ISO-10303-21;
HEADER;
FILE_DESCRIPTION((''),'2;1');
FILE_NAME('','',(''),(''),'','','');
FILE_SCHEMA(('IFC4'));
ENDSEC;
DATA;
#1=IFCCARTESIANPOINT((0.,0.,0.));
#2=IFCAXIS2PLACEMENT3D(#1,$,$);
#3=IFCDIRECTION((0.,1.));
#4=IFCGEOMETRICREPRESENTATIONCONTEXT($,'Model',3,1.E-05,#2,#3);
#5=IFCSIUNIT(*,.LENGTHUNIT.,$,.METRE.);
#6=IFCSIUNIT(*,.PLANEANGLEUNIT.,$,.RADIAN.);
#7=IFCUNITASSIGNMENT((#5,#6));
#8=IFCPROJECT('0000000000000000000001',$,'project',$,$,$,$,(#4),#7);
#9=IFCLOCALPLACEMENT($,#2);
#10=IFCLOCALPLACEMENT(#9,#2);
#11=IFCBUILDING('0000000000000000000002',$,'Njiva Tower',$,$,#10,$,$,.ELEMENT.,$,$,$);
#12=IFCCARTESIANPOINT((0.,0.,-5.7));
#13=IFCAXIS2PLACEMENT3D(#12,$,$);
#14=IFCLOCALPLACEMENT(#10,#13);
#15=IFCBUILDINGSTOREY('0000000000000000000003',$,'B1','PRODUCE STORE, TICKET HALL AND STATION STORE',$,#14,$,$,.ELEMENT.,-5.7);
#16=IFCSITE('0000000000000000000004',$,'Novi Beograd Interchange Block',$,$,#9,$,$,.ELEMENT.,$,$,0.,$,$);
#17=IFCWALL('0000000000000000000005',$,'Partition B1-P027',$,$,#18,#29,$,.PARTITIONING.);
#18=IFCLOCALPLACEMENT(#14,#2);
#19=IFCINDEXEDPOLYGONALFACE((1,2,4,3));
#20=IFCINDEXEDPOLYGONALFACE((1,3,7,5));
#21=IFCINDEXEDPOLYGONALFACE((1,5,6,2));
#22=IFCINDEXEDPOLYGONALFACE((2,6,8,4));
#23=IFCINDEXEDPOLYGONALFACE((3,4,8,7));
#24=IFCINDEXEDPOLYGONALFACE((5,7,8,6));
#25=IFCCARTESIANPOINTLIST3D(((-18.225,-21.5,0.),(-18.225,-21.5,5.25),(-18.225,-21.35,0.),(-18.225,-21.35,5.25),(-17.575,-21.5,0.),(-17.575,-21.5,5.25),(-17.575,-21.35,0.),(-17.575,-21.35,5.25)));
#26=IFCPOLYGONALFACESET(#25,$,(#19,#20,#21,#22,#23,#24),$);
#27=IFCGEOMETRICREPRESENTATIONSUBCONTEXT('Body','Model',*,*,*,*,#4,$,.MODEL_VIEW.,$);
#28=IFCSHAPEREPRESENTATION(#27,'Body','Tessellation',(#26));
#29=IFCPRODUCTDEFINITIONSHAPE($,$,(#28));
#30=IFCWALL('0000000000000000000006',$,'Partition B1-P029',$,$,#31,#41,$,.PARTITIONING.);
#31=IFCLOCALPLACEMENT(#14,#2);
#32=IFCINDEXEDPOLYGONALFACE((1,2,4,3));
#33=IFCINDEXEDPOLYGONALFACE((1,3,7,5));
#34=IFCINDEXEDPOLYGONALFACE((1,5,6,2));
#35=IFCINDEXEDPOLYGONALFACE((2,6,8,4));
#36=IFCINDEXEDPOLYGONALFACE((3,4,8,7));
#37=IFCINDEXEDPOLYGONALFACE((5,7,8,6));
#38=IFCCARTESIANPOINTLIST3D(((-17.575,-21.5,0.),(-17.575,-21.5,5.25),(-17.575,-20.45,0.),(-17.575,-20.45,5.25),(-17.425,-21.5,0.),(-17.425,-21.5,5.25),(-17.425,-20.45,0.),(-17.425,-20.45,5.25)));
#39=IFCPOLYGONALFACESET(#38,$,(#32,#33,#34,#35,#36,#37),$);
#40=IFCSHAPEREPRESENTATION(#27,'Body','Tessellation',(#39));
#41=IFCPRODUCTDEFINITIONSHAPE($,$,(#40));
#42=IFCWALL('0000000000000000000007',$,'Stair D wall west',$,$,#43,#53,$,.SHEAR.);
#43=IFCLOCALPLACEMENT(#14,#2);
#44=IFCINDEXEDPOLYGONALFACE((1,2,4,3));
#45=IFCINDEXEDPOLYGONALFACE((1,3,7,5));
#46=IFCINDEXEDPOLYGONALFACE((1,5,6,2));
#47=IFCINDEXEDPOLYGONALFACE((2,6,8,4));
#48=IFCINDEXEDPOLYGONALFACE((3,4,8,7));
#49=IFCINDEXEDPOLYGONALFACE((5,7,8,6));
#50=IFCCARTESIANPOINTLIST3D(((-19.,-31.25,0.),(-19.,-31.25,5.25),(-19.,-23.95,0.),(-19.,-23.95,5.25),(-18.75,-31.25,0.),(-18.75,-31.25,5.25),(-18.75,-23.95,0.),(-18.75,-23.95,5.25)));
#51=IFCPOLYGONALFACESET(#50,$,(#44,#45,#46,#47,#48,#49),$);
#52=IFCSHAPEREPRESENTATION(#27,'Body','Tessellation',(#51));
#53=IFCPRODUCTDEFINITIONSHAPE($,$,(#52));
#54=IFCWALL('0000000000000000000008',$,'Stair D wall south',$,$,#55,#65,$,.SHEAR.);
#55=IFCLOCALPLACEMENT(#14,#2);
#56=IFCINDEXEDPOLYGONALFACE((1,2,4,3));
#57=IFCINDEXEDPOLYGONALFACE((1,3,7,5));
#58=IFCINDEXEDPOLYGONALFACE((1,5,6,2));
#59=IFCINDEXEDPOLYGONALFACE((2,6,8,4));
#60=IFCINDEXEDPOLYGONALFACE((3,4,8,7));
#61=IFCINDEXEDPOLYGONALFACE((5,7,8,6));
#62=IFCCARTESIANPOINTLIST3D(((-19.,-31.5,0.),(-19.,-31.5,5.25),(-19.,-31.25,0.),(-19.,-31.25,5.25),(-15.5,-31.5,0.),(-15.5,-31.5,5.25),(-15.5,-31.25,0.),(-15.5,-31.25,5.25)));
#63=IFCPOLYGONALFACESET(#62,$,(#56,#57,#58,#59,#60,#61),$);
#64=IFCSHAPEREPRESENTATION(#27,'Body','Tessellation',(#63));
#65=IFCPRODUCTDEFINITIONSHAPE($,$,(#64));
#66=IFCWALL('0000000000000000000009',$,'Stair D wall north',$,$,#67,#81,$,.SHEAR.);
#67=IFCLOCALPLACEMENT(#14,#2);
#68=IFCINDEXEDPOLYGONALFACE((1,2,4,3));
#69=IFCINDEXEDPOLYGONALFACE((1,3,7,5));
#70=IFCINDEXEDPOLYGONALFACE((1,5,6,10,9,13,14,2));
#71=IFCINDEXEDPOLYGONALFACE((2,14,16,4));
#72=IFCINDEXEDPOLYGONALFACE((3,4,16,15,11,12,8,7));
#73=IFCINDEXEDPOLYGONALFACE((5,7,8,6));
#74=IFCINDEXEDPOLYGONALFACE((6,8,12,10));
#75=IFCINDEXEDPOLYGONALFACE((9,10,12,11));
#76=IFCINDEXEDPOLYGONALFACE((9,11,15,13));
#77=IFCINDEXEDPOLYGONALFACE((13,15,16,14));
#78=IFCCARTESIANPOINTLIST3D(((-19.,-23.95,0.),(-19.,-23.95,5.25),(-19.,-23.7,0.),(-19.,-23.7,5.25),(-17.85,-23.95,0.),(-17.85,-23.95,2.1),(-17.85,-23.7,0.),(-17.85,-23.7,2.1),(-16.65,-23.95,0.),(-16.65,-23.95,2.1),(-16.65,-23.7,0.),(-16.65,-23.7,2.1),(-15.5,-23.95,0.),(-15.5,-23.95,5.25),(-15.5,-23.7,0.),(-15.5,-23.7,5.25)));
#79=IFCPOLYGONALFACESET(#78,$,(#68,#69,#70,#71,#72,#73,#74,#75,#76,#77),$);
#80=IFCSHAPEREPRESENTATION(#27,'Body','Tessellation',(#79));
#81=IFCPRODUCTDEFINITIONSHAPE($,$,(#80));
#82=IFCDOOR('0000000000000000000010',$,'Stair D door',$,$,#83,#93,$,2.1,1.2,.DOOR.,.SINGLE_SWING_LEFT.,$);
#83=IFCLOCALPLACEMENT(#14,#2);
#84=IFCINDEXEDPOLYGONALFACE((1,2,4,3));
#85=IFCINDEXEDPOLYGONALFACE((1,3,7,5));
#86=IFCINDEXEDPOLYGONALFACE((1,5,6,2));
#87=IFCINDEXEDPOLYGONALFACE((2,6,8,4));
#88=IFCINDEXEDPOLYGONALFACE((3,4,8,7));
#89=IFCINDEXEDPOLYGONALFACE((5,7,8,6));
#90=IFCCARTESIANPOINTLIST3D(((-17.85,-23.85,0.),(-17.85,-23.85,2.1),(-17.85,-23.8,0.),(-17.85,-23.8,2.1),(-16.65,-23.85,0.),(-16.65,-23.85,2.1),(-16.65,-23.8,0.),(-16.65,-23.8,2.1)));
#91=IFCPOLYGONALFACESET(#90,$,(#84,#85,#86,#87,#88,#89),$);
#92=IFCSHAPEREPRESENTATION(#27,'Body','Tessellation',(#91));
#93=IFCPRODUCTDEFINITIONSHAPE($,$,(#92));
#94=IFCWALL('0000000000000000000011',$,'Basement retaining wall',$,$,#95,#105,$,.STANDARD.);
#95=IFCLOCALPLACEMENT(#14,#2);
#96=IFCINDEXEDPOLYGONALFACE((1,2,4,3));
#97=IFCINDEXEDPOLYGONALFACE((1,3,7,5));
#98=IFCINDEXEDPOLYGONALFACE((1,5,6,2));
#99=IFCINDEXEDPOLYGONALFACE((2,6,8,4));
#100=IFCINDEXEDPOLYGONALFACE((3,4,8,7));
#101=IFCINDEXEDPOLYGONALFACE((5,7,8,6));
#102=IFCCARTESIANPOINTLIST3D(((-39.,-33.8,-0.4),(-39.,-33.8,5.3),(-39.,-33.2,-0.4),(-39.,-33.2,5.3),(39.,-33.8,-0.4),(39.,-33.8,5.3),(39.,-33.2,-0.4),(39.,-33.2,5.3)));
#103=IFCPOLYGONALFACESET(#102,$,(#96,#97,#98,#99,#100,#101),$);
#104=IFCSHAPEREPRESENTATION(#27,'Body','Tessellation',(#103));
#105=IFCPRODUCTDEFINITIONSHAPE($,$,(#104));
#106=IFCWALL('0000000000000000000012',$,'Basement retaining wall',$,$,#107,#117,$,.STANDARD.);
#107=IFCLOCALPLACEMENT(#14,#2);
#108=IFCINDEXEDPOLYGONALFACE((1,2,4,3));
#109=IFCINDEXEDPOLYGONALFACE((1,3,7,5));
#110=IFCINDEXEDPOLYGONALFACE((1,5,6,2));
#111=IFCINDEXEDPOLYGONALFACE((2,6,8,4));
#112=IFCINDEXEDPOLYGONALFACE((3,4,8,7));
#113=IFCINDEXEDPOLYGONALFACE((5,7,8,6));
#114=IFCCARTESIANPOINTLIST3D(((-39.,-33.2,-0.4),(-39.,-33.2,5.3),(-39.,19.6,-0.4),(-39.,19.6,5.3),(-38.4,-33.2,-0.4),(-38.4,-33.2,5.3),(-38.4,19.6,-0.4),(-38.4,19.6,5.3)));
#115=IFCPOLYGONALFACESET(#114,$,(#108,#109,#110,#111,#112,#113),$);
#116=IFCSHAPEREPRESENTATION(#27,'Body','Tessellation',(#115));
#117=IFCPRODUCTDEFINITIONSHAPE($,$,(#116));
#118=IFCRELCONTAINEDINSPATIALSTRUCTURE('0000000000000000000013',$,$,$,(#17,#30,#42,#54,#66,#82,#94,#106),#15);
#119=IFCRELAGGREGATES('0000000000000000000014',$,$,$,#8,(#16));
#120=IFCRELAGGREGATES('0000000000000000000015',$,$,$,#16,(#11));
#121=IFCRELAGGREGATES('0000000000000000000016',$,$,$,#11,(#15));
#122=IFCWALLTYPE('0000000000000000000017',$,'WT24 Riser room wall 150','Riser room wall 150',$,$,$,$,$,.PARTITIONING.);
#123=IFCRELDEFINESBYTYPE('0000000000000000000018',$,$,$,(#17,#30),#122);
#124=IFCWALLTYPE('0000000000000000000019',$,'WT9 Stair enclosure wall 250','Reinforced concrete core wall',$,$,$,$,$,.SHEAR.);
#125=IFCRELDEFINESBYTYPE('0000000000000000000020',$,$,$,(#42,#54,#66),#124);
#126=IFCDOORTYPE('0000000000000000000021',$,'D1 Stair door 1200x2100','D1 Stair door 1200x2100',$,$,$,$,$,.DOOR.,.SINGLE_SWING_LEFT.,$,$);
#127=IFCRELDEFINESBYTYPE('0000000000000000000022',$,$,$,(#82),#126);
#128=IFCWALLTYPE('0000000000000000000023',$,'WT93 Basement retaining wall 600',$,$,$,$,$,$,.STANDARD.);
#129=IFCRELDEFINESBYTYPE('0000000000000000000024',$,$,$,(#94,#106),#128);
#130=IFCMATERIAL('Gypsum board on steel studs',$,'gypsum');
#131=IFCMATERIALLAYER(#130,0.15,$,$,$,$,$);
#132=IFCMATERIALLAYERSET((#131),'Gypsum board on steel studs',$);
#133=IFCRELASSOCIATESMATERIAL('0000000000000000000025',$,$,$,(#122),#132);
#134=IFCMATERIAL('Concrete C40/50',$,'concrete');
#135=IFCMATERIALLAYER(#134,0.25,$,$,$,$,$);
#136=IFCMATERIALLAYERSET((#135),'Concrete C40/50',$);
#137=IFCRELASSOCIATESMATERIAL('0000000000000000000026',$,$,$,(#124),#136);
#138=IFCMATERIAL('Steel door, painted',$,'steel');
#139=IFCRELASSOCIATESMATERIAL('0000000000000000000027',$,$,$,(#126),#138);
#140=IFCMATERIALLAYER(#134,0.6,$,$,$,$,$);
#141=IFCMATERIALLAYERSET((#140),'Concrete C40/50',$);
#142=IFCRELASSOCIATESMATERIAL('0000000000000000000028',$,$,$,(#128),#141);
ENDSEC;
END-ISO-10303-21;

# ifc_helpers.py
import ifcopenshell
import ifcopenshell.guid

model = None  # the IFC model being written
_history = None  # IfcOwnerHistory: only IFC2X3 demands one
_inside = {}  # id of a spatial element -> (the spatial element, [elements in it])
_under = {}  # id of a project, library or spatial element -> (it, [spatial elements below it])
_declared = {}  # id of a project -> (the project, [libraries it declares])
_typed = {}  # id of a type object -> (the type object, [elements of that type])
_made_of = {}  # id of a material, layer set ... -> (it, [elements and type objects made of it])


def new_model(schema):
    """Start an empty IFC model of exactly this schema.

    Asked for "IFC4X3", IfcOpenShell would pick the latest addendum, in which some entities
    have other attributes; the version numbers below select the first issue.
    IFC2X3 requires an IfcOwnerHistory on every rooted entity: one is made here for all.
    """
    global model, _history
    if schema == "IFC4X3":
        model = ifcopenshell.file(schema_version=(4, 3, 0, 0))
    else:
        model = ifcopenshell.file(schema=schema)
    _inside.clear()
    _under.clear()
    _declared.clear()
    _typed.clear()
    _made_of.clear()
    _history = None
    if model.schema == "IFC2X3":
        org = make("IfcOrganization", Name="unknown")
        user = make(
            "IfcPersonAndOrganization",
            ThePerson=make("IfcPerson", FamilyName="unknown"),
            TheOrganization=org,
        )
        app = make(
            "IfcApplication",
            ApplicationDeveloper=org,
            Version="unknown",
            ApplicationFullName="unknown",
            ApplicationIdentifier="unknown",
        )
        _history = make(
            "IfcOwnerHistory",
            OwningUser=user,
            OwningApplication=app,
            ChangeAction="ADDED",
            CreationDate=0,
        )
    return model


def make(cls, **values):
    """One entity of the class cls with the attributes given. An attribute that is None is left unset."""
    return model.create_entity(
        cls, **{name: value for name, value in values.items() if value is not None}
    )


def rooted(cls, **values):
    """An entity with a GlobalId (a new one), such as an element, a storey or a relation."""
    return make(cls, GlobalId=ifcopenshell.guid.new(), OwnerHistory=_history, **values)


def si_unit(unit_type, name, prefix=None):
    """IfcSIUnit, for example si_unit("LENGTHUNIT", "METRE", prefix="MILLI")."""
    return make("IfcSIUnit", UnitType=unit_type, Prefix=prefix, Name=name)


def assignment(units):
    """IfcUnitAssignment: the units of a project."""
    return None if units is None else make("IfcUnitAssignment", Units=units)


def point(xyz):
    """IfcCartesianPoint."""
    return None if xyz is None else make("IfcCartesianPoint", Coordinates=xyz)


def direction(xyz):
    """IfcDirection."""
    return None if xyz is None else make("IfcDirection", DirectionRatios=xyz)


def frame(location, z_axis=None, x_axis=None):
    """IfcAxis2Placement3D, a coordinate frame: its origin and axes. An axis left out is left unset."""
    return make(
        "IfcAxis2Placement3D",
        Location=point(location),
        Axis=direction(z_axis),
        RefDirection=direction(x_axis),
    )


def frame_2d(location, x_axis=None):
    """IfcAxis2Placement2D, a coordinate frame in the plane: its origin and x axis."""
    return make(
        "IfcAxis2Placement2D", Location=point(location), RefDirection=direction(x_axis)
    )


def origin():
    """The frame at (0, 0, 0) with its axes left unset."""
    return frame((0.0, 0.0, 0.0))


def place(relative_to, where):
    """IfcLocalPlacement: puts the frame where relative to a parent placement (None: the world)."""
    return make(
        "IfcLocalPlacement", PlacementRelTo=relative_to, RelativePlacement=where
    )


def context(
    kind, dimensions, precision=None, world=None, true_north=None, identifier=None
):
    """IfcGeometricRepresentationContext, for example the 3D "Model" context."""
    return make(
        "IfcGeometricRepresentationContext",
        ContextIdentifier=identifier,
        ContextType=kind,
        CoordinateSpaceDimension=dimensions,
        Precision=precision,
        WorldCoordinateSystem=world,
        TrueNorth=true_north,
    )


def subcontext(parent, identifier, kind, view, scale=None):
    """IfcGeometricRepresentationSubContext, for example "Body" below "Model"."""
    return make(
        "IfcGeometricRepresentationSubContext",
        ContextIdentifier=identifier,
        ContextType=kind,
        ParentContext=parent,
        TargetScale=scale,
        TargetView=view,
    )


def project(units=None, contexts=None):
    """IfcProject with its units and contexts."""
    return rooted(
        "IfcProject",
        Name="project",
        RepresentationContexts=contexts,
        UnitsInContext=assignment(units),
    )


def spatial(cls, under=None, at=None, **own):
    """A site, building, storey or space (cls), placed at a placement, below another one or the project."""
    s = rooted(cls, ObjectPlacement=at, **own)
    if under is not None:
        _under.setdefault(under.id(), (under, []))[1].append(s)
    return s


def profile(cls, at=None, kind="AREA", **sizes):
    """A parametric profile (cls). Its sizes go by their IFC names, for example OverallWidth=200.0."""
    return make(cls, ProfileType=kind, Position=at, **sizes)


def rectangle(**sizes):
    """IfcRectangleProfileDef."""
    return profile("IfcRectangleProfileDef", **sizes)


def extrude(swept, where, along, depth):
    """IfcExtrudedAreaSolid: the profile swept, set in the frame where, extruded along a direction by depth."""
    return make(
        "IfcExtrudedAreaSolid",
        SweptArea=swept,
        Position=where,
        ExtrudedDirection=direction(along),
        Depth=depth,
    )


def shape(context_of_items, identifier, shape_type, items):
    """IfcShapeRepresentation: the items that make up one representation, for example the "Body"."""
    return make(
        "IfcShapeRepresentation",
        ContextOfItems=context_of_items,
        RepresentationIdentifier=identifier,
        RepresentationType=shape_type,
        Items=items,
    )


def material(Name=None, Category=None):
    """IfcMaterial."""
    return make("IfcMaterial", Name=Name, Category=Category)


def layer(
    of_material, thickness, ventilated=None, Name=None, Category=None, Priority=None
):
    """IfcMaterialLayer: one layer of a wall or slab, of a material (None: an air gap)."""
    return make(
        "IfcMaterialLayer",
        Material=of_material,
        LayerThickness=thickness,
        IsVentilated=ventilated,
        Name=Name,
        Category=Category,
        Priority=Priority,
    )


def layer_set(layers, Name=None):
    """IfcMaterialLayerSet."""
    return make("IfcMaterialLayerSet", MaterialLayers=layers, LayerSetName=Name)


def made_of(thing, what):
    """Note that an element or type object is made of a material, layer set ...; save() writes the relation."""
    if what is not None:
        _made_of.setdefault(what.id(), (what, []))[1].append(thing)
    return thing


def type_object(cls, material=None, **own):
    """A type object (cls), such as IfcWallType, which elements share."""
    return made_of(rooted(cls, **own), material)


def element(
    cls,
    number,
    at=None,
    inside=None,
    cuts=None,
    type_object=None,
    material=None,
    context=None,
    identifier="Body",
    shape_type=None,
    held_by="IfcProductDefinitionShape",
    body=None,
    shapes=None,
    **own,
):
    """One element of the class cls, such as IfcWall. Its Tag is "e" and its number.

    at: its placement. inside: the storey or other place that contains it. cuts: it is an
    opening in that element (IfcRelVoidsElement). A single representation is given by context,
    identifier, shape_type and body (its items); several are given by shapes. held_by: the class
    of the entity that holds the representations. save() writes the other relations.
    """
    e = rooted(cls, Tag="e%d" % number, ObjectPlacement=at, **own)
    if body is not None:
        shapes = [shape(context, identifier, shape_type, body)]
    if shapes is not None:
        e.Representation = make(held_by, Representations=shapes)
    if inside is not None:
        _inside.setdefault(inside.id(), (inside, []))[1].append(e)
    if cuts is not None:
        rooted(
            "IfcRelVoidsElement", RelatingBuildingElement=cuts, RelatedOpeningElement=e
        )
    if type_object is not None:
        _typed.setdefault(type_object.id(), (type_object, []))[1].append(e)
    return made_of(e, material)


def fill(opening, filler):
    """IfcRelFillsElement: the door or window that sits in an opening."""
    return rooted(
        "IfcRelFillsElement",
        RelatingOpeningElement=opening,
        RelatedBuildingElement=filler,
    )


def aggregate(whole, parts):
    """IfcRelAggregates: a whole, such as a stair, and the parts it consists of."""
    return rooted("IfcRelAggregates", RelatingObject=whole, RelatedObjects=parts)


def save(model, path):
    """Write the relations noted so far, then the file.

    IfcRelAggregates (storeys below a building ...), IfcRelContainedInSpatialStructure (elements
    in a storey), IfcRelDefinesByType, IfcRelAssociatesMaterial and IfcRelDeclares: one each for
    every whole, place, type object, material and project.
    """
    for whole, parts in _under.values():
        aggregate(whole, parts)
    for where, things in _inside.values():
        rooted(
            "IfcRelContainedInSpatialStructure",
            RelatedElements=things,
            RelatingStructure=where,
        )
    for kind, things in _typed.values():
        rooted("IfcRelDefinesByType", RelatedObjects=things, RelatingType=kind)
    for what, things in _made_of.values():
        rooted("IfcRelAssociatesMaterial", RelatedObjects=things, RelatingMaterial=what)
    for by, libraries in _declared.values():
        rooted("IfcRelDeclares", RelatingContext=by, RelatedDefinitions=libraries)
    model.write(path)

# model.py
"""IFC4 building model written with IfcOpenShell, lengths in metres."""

from ifc_helpers import new_model, si_unit, direction, frame, frame_2d, origin, place, context, subcontext, project, spatial, rectangle, extrude, material, layer, layer_set, type_object, element, fill, save


model = new_model("IFC4")

# Units and contexts
model_context = context("Model", 3, precision=1e-05, world=origin(), true_north=direction((0.0, 1.0)))
body_context = subcontext(model_context, "Body", "Model", "MODEL_VIEW")
ifc_project = project(units=[si_unit("LENGTHUNIT", "METRE"), si_unit("PLANEANGLEUNIT", "RADIAN")], contexts=[model_context])

# Site, building, storey
site_placement = place(None, origin())
site = spatial("IfcSite", under=ifc_project, at=site_placement, Name="Novi Beograd Interchange Block", CompositionType="ELEMENT", RefElevation=0.0)
building_placement = place(site_placement, origin())
building = spatial("IfcBuilding", under=site, at=building_placement, Name="Njiva Tower", CompositionType="ELEMENT")
storey_placement = place(building_placement, frame((0.0, 0.0, -5.7)))
storey = spatial("IfcBuildingStorey", under=building, at=storey_placement, Name="B1", Description="PRODUCE STORE, TICKET HALL AND STATION STORE", CompositionType="ELEMENT", Elevation=-5.7)

# Shared definitions
ifc_material_1 = material(Name="Gypsum board on steel studs", Category="gypsum")

# Walls
ifc_layer_1 = layer(ifc_material_1, 0.15)
ifc_layer_set_1 = layer_set([ifc_layer_1], Name="Gypsum board on steel studs")
wall_type_1 = type_object("IfcWallType", Name="WT24 Riser room wall 150", Description="Riser room wall 150", PredefinedType="PARTITIONING", material=ifc_layer_set_1)
wall_1_placement = place(storey_placement, frame((-18.225, -21.425, 0.0), z_axis=(0.0, 0.0, 1.0), x_axis=(1.0, 0.0, 0.0)))
element("IfcWall", 1, at=wall_1_placement, inside=storey, type_object=wall_type_1, Name="Partition B1-P027", PredefinedType="PARTITIONING", context=body_context, shape_type="SweptSolid", body=[
    extrude(rectangle(XDim=0.65, YDim=0.15, at=frame_2d((0.325, 0.0))), origin(), (0.0, 0.0, 1.0), 5.25),
])
wall_2_placement = place(storey_placement, frame((-17.5, -21.5, 0.0), z_axis=(0.0, 0.0, 1.0), x_axis=(0.0, 1.0, 0.0)))
element("IfcWall", 2, at=wall_2_placement, inside=storey, type_object=wall_type_1, Name="Partition B1-P029", PredefinedType="PARTITIONING", context=body_context, shape_type="SweptSolid", body=[
    extrude(rectangle(XDim=1.05, YDim=0.15, at=frame_2d((0.525, 0.0))), origin(), (0.0, 0.0, 1.0), 5.25),
])
ifc_material_2 = material(Name="Concrete C40/50", Category="concrete")
ifc_layer_2 = layer(ifc_material_2, 0.25)
ifc_layer_set_2 = layer_set([ifc_layer_2], Name="Concrete C40/50")
wall_type_2 = type_object("IfcWallType", Name="WT9 Stair enclosure wall 250", Description="Reinforced concrete core wall", PredefinedType="SHEAR", material=ifc_layer_set_2)
wall_3_placement = place(storey_placement, frame((-18.875, -31.25, 0.0), z_axis=(0.0, 0.0, 1.0), x_axis=(0.0, 1.0, 0.0)))
element("IfcWall", 3, at=wall_3_placement, inside=storey, type_object=wall_type_2, Name="Stair D wall west", PredefinedType="SHEAR", context=body_context, shape_type="SweptSolid", body=[
    extrude(rectangle(XDim=7.3, YDim=0.25, at=frame_2d((3.65, 0.0))), origin(), (0.0, 0.0, 1.0), 5.25),
])
wall_4_placement = place(storey_placement, frame((-19.0, -31.375, 0.0), z_axis=(0.0, 0.0, 1.0), x_axis=(1.0, 0.0, 0.0)))
element("IfcWall", 4, at=wall_4_placement, inside=storey, type_object=wall_type_2, Name="Stair D wall south", PredefinedType="SHEAR", context=body_context, shape_type="SweptSolid", body=[
    extrude(rectangle(XDim=3.5, YDim=0.25, at=frame_2d((1.75, 0.0))), origin(), (0.0, 0.0, 1.0), 5.25),
])

# Wall, opening, door
wall_5_placement = place(storey_placement, frame((-19.0, -23.825, 0.0), z_axis=(0.0, 0.0, 1.0), x_axis=(1.0, 0.0, 0.0)))
wall_5 = element("IfcWall", 5, at=wall_5_placement, inside=storey, type_object=wall_type_2, Name="Stair D wall north", PredefinedType="SHEAR", context=body_context, shape_type="SweptSolid", body=[
    extrude(rectangle(XDim=3.5, YDim=0.25, at=frame_2d((1.75, 0.0))), origin(), (0.0, 0.0, 1.0), 5.25),
])
opening_1_placement = place(wall_5_placement, frame((1.15, 0.0, 0.0)))
opening_1 = element("IfcOpeningElement", 6, at=opening_1_placement, cuts=wall_5, PredefinedType="OPENING", context=body_context, shape_type="SweptSolid", body=[
    extrude(rectangle(XDim=1.2, YDim=2.1, at=frame_2d((0.6, 1.05))), frame((0.0, 0.135, 0.0), z_axis=(0.0, -1.0, 0.0), x_axis=(1.0, 0.0, 0.0)), (0.0, 0.0, 1.0), 0.27),
])
ifc_material_3 = material(Name="Steel door, painted", Category="steel")
door_type_1 = type_object("IfcDoorType", Name="D1 Stair door 1200x2100", Description="D1 Stair door 1200x2100", OperationType="SINGLE_SWING_LEFT", PredefinedType="DOOR", material=ifc_material_3)
door_1_placement = place(opening_1_placement, origin())
door_1 = element("IfcDoor", 7, at=door_1_placement, inside=storey, type_object=door_type_1, Name="Stair D door", OperationType="SINGLE_SWING_LEFT", OverallHeight=2.1, OverallWidth=1.2, PredefinedType="DOOR", context=body_context, shape_type="SweptSolid", body=[
    extrude(rectangle(XDim=1.2, YDim=2.1, at=frame_2d((0.6, 1.05))), frame((0.0, 0.025, 0.0), z_axis=(0.0, -1.0, 0.0), x_axis=(1.0, 0.0, 0.0)), (0.0, 0.0, 1.0), 0.05),
])
fill(opening_1, door_1)

# Walls
ifc_layer_3 = layer(ifc_material_2, 0.6)
ifc_layer_set_3 = layer_set([ifc_layer_3], Name="Concrete C40/50")
wall_type_3 = type_object("IfcWallType", Name="WT93 Basement retaining wall 600", PredefinedType="STANDARD", material=ifc_layer_set_3)
wall_6_placement = place(storey_placement, frame((-39.0, -33.5, -0.4), z_axis=(0.0, 0.0, 1.0), x_axis=(1.0, 0.0, 0.0)))
element("IfcWall", 8, at=wall_6_placement, inside=storey, type_object=wall_type_3, Name="Basement retaining wall", PredefinedType="STANDARD", context=body_context, shape_type="SweptSolid", body=[
    extrude(rectangle(XDim=78.0, YDim=0.6, at=frame_2d((39.0, 0.0))), origin(), (0.0, 0.0, 1.0), 5.7),
])
wall_7_placement = place(storey_placement, frame((-38.7, -33.2, -0.4), z_axis=(0.0, 0.0, 1.0), x_axis=(0.0, 1.0, 0.0)))
element("IfcWall", 9, at=wall_7_placement, inside=storey, type_object=wall_type_3, Name="Basement retaining wall", PredefinedType="STANDARD", context=body_context, shape_type="SweptSolid", body=[
    extrude(rectangle(XDim=52.8, YDim=0.6, at=frame_2d((26.4, 0.0))), origin(), (0.0, 0.0, 1.0), 5.7),
])

save(model, "model.ifc")
